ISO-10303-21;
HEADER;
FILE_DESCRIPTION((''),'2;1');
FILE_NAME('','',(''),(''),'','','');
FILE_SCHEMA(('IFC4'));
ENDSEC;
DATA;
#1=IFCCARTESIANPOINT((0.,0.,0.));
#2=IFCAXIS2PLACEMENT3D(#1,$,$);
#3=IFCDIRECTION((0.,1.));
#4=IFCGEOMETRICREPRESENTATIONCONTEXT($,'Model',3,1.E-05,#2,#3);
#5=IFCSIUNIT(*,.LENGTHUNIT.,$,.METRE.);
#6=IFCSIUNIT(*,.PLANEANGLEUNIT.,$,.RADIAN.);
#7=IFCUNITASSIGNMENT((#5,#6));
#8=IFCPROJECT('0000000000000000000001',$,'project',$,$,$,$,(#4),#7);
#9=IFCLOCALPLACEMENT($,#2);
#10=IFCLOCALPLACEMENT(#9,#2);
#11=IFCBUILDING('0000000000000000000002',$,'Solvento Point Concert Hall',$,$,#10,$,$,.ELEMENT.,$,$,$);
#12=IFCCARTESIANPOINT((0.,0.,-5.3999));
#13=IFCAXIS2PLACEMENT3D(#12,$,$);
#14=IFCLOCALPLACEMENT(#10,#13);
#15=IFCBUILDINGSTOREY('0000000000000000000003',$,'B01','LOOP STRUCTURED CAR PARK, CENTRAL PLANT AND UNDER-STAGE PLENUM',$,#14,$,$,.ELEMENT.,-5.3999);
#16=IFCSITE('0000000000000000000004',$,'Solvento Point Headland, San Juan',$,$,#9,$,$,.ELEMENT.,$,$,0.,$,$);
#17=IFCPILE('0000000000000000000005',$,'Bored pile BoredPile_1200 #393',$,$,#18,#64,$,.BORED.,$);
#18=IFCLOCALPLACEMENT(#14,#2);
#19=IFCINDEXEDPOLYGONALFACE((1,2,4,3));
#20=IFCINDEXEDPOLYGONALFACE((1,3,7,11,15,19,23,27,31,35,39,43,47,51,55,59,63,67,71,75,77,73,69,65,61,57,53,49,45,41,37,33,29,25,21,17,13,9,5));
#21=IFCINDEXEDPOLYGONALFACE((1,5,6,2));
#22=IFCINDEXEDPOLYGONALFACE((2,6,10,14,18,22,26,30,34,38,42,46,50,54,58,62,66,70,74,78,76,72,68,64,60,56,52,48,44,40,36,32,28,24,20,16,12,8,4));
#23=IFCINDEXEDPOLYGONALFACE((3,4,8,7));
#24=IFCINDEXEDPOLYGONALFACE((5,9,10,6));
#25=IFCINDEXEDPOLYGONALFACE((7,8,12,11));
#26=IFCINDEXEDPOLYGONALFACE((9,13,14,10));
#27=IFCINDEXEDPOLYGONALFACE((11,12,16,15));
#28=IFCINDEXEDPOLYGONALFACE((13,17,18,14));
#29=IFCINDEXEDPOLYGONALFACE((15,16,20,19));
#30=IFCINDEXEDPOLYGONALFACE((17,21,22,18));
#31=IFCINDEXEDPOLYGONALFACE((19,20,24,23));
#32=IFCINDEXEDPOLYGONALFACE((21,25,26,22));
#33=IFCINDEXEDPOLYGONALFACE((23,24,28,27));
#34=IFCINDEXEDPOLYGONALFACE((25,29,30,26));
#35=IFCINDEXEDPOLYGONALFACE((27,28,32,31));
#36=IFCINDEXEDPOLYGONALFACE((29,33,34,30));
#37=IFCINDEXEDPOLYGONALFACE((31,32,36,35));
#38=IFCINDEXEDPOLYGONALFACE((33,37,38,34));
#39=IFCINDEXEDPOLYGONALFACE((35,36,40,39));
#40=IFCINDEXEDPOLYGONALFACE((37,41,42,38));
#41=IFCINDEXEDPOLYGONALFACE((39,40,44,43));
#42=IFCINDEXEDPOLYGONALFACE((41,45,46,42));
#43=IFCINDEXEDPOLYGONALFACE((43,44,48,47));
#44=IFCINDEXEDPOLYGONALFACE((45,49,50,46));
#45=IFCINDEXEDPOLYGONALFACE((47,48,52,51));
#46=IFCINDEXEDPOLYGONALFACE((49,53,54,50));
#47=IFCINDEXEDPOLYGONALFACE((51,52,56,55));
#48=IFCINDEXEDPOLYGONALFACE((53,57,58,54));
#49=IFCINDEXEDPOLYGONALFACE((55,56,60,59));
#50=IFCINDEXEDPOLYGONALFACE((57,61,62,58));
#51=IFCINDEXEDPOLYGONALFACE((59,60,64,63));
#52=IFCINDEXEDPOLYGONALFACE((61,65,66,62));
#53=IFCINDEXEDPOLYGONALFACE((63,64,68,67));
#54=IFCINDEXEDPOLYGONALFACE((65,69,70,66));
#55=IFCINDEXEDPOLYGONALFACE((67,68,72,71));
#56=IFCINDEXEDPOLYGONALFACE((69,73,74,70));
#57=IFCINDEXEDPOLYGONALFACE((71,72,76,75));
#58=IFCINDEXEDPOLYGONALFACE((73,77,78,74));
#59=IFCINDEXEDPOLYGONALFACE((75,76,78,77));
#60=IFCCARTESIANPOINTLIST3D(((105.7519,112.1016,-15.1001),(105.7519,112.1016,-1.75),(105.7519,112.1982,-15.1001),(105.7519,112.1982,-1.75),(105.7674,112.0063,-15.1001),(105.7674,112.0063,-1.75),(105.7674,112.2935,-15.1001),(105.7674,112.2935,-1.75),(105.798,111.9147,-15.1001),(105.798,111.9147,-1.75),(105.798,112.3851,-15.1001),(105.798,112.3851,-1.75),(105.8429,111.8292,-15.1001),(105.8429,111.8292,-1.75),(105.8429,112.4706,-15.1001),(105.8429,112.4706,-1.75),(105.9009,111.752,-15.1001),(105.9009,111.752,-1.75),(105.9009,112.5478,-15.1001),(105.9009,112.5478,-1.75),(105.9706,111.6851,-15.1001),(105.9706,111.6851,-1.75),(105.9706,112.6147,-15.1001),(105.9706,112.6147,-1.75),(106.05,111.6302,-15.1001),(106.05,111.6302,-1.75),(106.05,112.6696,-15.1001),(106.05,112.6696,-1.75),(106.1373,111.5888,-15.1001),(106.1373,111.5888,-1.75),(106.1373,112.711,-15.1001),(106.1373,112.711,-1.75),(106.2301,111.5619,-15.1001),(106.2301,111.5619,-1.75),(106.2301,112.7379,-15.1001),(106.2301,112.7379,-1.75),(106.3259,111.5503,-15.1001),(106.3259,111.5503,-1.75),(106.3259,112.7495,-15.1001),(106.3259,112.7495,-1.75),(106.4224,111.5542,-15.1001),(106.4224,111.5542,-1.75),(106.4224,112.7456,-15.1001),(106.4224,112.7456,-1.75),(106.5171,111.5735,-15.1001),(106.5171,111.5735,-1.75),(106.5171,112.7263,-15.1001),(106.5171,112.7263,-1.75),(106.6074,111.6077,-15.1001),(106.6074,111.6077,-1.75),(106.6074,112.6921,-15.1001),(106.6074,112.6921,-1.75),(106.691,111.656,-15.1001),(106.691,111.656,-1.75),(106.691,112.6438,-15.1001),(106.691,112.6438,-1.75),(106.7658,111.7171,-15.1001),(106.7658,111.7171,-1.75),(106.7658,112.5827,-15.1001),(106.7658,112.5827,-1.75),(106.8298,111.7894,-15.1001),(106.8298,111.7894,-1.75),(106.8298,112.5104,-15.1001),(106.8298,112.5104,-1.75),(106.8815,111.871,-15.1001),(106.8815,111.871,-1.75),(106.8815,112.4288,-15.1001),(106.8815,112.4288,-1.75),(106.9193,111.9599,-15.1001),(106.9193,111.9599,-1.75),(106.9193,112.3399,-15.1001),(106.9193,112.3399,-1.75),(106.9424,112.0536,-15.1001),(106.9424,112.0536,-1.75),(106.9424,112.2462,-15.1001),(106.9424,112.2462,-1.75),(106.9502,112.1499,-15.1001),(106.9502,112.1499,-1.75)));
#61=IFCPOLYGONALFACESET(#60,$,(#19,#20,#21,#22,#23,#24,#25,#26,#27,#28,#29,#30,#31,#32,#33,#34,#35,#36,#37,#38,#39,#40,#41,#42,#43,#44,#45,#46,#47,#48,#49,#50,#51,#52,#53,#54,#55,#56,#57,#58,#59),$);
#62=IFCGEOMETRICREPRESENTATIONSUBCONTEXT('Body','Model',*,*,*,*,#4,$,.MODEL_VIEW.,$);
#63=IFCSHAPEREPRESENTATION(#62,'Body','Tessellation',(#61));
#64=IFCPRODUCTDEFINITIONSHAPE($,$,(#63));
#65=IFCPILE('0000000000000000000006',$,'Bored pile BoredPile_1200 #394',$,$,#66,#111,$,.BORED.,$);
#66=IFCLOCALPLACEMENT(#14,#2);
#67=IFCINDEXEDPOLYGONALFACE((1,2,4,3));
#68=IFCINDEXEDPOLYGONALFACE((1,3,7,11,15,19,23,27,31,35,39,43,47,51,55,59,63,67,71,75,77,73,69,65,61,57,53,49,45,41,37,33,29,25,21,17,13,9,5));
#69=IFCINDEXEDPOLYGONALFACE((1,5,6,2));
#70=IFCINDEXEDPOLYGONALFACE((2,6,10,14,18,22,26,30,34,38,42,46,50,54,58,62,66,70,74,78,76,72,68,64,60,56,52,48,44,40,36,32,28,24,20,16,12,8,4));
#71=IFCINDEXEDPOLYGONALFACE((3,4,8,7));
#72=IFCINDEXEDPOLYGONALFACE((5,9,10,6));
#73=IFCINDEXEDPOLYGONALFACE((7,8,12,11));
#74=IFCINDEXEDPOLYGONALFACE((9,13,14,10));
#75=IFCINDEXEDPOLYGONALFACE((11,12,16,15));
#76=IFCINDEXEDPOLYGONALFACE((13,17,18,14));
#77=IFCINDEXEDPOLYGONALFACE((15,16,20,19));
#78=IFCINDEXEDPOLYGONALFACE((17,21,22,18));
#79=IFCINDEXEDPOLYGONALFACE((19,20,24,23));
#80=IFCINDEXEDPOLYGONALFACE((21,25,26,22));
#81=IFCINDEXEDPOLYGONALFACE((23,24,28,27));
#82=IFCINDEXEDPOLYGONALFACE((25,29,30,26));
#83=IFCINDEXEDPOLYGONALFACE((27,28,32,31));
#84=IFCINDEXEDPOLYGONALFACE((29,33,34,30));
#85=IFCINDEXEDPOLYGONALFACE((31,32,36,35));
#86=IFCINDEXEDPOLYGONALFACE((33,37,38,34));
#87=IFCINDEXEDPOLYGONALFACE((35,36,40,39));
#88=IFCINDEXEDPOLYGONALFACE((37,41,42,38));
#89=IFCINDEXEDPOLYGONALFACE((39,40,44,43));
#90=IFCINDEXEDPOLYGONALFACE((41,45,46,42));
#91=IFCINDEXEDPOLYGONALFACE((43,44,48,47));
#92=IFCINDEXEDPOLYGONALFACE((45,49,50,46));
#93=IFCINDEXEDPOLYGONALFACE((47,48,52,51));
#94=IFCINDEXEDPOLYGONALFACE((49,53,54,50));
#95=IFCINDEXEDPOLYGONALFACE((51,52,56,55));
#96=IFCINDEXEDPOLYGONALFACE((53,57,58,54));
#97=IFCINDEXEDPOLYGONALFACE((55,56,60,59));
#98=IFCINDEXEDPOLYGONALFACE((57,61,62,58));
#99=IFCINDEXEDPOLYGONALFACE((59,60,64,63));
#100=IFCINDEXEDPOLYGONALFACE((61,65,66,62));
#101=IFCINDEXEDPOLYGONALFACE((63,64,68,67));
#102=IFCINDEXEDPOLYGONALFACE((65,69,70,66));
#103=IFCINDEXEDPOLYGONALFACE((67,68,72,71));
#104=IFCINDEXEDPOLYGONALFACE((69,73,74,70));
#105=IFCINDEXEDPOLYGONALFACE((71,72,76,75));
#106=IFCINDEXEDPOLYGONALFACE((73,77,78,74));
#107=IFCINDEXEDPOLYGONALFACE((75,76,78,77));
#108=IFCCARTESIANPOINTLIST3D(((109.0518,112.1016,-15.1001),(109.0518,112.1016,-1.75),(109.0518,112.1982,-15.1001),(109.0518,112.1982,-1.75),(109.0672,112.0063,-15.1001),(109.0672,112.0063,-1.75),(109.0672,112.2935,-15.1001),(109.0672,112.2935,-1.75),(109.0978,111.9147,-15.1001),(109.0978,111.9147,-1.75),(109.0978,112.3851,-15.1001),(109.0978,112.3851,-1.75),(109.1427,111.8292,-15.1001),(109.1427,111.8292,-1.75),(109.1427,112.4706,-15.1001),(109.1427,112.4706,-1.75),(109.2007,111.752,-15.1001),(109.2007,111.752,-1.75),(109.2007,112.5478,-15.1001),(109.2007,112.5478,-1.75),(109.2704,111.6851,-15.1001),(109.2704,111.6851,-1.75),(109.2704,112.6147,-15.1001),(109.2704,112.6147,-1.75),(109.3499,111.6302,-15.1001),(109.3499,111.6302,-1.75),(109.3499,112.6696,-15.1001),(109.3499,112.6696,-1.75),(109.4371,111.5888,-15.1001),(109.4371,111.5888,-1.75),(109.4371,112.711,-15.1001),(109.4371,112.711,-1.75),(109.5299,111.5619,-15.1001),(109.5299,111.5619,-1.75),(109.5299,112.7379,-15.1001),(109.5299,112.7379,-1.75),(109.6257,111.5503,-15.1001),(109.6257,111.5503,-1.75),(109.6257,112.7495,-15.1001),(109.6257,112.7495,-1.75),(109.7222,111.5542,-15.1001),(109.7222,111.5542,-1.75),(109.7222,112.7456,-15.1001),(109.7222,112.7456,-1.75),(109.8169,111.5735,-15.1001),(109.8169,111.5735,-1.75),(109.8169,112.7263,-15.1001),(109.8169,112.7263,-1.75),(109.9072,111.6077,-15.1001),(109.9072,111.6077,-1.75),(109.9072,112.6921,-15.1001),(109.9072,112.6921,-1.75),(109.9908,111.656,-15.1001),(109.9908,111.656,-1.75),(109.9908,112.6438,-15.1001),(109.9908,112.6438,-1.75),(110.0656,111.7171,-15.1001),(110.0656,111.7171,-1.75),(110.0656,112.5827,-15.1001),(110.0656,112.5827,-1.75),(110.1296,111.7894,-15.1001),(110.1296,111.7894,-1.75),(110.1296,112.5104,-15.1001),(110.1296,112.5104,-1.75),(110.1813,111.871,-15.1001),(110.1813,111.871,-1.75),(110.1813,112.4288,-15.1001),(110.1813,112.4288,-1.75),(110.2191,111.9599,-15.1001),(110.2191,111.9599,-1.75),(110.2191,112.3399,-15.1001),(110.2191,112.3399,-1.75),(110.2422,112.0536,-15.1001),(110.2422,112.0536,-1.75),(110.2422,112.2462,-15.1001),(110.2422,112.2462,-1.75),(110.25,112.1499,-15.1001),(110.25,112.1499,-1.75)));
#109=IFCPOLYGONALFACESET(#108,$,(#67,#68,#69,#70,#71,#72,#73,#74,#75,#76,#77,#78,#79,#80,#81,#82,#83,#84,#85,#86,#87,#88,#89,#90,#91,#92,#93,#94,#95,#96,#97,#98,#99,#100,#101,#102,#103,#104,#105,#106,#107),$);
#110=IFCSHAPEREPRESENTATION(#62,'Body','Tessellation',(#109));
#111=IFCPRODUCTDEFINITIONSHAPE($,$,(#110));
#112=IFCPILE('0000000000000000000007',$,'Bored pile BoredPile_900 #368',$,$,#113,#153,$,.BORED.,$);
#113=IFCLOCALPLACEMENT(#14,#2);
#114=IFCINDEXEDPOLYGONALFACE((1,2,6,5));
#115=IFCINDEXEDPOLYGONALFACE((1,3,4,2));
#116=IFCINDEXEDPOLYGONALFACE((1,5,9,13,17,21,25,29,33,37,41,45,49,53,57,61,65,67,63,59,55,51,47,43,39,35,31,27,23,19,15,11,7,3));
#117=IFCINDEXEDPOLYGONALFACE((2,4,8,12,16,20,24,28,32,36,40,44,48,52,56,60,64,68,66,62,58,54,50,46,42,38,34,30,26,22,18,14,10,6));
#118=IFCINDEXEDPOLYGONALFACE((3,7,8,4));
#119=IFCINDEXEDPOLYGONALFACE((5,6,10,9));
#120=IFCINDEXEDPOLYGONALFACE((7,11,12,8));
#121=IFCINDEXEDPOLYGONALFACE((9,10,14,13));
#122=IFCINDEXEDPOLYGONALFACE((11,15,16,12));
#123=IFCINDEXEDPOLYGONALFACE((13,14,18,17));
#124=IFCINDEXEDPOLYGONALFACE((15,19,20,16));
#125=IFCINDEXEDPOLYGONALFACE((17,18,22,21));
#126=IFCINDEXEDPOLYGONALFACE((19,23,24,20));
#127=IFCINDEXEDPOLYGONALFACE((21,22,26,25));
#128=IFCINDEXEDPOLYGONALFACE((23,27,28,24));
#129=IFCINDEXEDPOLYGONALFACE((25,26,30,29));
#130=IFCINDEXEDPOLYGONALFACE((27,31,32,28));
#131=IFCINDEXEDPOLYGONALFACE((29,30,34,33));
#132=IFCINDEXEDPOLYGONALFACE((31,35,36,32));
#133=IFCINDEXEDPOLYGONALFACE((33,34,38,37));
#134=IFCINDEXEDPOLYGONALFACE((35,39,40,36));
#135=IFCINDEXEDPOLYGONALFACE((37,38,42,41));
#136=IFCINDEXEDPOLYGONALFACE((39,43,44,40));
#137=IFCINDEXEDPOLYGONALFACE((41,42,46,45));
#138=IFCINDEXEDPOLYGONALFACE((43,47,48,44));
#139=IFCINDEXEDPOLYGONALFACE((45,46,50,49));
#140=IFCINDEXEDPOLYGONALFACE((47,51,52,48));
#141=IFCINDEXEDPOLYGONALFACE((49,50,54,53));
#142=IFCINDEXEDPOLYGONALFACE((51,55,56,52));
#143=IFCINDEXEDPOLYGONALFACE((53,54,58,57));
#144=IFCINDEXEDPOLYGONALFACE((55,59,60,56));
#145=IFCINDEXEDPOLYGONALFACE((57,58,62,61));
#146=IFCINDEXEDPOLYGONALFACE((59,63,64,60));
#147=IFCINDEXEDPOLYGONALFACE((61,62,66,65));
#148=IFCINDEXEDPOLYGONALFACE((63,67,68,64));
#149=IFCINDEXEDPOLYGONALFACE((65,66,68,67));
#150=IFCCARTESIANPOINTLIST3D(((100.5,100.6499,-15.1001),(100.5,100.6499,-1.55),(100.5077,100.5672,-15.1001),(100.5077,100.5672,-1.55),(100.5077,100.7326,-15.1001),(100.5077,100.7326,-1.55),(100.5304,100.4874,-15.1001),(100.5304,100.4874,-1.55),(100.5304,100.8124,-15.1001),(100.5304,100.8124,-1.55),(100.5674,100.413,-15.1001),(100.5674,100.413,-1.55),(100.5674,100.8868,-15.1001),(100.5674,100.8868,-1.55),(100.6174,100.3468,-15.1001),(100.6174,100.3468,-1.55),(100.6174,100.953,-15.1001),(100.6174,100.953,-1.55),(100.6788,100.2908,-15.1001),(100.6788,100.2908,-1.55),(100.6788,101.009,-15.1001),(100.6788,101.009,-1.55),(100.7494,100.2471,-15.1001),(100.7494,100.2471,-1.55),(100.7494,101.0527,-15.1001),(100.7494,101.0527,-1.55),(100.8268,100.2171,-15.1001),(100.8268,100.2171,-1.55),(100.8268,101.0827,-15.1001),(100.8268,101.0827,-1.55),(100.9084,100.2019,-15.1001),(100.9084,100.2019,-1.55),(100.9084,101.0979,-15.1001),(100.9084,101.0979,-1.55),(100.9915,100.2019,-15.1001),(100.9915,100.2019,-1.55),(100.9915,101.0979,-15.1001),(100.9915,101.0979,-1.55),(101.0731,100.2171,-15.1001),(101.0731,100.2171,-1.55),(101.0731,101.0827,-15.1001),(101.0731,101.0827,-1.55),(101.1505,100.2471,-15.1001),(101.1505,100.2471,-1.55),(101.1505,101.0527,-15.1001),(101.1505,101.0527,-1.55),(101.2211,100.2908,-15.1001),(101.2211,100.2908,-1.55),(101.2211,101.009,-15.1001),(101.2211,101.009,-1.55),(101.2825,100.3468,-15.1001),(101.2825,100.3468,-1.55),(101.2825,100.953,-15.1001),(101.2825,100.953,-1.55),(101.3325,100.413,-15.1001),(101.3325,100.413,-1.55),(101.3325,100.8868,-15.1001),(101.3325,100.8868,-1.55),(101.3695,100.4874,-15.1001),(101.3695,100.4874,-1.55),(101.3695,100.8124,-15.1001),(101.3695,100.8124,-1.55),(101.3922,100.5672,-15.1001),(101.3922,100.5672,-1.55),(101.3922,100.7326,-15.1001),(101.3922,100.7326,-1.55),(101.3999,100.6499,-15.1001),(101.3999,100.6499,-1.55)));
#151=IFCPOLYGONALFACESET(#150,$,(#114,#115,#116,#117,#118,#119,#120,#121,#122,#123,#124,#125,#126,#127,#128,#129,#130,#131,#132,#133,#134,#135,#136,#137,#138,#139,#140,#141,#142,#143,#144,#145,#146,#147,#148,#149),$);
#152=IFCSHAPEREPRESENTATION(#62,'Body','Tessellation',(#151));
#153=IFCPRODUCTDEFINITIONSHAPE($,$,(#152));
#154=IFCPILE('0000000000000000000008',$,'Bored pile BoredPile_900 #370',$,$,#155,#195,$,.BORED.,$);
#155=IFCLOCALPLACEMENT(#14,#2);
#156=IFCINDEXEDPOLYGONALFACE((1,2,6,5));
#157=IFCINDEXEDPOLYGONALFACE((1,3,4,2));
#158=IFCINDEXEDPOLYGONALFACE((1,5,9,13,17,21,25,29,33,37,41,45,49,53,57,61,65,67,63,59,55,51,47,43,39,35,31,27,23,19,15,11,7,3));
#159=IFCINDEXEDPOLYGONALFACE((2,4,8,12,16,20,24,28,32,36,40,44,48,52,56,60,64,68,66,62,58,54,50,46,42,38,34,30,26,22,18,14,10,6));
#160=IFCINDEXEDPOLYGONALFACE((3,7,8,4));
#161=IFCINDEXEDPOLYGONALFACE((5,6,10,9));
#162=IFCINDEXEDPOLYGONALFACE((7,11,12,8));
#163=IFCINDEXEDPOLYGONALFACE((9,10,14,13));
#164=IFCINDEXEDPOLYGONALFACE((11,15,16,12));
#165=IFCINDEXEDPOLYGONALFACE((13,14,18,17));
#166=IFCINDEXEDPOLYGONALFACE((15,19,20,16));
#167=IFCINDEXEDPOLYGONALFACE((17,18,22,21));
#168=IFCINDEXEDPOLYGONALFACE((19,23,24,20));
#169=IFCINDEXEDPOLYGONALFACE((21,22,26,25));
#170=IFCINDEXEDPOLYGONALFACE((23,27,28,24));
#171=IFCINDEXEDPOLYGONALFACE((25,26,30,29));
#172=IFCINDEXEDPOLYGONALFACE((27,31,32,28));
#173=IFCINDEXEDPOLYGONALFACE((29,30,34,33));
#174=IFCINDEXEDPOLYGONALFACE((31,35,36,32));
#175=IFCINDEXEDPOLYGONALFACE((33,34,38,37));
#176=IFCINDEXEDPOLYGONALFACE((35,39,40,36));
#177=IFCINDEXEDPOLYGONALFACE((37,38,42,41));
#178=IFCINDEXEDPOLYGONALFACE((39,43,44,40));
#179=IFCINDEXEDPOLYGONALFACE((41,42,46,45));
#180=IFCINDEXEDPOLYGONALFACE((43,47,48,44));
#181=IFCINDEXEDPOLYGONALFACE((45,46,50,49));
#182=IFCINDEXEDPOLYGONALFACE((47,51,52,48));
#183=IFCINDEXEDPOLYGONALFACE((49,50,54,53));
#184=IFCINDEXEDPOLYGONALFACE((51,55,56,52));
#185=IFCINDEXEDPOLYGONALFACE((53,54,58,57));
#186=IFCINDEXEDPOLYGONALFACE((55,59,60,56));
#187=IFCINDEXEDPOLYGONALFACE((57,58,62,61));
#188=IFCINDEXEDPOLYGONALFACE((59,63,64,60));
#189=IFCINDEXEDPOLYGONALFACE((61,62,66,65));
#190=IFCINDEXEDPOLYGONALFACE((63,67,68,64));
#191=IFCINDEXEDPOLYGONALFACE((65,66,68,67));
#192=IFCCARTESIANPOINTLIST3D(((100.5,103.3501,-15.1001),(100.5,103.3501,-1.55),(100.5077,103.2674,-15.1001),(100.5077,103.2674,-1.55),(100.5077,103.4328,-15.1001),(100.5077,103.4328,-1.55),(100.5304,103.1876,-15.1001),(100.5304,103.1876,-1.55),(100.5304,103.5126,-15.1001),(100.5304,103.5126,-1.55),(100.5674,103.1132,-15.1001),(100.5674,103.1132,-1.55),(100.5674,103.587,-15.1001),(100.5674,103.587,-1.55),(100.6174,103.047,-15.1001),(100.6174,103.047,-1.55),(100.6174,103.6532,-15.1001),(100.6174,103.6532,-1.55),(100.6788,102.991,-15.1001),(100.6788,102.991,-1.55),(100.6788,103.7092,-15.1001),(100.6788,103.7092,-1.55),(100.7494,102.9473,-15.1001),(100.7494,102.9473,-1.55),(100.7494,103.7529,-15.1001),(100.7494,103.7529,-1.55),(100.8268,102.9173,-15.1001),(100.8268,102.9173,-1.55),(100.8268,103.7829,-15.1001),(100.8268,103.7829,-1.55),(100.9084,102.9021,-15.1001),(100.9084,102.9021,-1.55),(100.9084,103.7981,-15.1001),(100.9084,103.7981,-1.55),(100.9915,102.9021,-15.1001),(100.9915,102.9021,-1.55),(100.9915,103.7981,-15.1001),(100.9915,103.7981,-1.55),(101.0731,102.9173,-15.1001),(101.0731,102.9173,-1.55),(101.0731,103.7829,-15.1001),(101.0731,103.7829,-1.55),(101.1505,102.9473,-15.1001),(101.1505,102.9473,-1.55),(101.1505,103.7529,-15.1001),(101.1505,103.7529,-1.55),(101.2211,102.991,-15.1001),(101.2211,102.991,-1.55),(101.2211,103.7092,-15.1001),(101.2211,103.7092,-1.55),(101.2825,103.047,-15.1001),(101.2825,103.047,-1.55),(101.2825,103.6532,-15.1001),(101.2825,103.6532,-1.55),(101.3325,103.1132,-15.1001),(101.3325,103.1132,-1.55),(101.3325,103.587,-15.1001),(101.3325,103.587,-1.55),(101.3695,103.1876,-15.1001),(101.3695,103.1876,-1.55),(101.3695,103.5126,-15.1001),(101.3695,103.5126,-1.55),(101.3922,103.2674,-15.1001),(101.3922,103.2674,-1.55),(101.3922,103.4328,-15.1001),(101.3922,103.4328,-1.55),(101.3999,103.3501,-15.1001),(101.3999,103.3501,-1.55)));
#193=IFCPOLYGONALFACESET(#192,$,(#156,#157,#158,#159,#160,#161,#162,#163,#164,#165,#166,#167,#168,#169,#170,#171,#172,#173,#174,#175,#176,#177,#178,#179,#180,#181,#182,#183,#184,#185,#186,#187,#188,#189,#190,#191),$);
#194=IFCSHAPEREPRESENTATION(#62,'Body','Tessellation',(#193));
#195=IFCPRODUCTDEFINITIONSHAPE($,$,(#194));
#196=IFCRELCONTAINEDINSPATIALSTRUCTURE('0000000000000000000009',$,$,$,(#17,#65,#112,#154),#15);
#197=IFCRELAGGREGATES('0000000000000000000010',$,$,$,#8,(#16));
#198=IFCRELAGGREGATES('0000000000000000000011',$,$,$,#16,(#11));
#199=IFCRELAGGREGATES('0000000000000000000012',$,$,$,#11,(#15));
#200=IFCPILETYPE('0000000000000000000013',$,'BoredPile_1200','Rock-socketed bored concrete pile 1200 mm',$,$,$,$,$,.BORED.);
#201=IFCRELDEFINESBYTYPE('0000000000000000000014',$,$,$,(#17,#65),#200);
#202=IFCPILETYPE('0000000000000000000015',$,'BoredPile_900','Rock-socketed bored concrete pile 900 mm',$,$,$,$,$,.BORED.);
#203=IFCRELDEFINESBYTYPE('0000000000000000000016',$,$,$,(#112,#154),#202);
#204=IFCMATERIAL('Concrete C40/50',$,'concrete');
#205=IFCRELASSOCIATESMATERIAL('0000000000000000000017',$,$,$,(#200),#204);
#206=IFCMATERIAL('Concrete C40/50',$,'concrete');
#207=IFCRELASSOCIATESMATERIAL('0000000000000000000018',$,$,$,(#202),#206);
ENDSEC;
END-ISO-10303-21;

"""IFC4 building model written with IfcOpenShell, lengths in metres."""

from ifc_helpers import new_model, si_unit, direction, frame, origin, origin_2d, place, context, subcontext, project, spatial, circle, extrude, material, material_profile, profile_set, type_object, element, save


model = new_model("IFC4")

# Units and contexts
model_context = context("Model", 3, precision=1e-05, world=origin(), true_north=direction((0.0, 1.0)))
body_context = subcontext(model_context, "Body", "Model", "MODEL_VIEW")
ifc_project = project(units=[si_unit("LENGTHUNIT", "METRE"), si_unit("PLANEANGLEUNIT", "RADIAN")], contexts=[model_context])

# Site, building, storey
site_placement = place(None, origin())
site = spatial("IfcSite", under=ifc_project, at=site_placement, Name="Solvento Point Headland, San Juan", CompositionType="ELEMENT", RefElevation=0.0)
building_placement = place(site_placement, origin())
building = spatial("IfcBuilding", under=site, at=building_placement, Name="Solvento Point Concert Hall", CompositionType="ELEMENT")
storey_placement = place(building_placement, frame((0.0, 0.0, -5.3999)))
storey = spatial("IfcBuildingStorey", under=building, at=storey_placement, Name="B01", Description="LOOP STRUCTURED CAR PARK, CENTRAL PLANT AND UNDER-STAGE PLENUM", CompositionType="ELEMENT", Elevation=-5.3999)

# Piles
ifc_material_1 = material(Name="Concrete C40/50", Category="concrete")
ifc_material_profile_1 = material_profile(ifc_material_1, circle(Radius=0.6001, at=origin_2d()), Name="BP-1200")
ifc_profile_set_1 = profile_set([ifc_material_profile_1], Name="Concrete C40/50")
pile_type_1 = type_object("IfcPileType", Name="BoredPile_1200", Description="Rock-socketed bored concrete pile 1200 mm", PredefinedType="BORED", material=ifc_profile_set_1)
for number, where, z_axis, x_axis, name in (
    (1, (106.3501, 112.1499, -1.75), (0.0, 0.0, -1.0), (1.0, 0.0, 0.0), "Bored pile BoredPile_1200 #393"),
    (2, (109.6499, 112.1499, -1.75), (0.0, 0.0, -1.0), (1.0, 0.0, 0.0), "Bored pile BoredPile_1200 #394"),
):
    element("IfcPile", number, at=place(storey_placement, frame(where, z_axis=z_axis, x_axis=x_axis)), inside=storey, type_object=pile_type_1, Name=name, PredefinedType="BORED", context=body_context, shape_type="SweptSolid", body=[
        extrude(circle(Radius=0.6001, at=origin_2d()), origin(), (0.0, 0.0, 1.0), 13.3501),
    ])
ifc_material_2 = material(Name="Concrete C40/50", Category="concrete")
ifc_material_profile_2 = material_profile(ifc_material_2, circle(Radius=0.45, at=origin_2d()), Name="BP-900")
ifc_profile_set_2 = profile_set([ifc_material_profile_2], Name="Concrete C40/50")
pile_type_2 = type_object("IfcPileType", Name="BoredPile_900", Description="Rock-socketed bored concrete pile 900 mm", PredefinedType="BORED", material=ifc_profile_set_2)
for number, where, z_axis, x_axis, name in (
    (3, (100.95, 100.6499, -1.55), (0.0, 0.0, -1.0), (1.0, 0.0, 0.0), "Bored pile BoredPile_900 #368"),
    (4, (100.95, 103.3501, -1.55), (0.0, 0.0, -1.0), (1.0, 0.0, 0.0), "Bored pile BoredPile_900 #370"),
):
    element("IfcPile", number, at=place(storey_placement, frame(where, z_axis=z_axis, x_axis=x_axis)), inside=storey, type_object=pile_type_2, Name=name, PredefinedType="BORED", context=body_context, shape_type="SweptSolid", body=[
        extrude(circle(Radius=0.45, at=origin_2d()), origin(), (0.0, 0.0, 1.0), 13.55),
    ])

save(model, "model.ifc")
